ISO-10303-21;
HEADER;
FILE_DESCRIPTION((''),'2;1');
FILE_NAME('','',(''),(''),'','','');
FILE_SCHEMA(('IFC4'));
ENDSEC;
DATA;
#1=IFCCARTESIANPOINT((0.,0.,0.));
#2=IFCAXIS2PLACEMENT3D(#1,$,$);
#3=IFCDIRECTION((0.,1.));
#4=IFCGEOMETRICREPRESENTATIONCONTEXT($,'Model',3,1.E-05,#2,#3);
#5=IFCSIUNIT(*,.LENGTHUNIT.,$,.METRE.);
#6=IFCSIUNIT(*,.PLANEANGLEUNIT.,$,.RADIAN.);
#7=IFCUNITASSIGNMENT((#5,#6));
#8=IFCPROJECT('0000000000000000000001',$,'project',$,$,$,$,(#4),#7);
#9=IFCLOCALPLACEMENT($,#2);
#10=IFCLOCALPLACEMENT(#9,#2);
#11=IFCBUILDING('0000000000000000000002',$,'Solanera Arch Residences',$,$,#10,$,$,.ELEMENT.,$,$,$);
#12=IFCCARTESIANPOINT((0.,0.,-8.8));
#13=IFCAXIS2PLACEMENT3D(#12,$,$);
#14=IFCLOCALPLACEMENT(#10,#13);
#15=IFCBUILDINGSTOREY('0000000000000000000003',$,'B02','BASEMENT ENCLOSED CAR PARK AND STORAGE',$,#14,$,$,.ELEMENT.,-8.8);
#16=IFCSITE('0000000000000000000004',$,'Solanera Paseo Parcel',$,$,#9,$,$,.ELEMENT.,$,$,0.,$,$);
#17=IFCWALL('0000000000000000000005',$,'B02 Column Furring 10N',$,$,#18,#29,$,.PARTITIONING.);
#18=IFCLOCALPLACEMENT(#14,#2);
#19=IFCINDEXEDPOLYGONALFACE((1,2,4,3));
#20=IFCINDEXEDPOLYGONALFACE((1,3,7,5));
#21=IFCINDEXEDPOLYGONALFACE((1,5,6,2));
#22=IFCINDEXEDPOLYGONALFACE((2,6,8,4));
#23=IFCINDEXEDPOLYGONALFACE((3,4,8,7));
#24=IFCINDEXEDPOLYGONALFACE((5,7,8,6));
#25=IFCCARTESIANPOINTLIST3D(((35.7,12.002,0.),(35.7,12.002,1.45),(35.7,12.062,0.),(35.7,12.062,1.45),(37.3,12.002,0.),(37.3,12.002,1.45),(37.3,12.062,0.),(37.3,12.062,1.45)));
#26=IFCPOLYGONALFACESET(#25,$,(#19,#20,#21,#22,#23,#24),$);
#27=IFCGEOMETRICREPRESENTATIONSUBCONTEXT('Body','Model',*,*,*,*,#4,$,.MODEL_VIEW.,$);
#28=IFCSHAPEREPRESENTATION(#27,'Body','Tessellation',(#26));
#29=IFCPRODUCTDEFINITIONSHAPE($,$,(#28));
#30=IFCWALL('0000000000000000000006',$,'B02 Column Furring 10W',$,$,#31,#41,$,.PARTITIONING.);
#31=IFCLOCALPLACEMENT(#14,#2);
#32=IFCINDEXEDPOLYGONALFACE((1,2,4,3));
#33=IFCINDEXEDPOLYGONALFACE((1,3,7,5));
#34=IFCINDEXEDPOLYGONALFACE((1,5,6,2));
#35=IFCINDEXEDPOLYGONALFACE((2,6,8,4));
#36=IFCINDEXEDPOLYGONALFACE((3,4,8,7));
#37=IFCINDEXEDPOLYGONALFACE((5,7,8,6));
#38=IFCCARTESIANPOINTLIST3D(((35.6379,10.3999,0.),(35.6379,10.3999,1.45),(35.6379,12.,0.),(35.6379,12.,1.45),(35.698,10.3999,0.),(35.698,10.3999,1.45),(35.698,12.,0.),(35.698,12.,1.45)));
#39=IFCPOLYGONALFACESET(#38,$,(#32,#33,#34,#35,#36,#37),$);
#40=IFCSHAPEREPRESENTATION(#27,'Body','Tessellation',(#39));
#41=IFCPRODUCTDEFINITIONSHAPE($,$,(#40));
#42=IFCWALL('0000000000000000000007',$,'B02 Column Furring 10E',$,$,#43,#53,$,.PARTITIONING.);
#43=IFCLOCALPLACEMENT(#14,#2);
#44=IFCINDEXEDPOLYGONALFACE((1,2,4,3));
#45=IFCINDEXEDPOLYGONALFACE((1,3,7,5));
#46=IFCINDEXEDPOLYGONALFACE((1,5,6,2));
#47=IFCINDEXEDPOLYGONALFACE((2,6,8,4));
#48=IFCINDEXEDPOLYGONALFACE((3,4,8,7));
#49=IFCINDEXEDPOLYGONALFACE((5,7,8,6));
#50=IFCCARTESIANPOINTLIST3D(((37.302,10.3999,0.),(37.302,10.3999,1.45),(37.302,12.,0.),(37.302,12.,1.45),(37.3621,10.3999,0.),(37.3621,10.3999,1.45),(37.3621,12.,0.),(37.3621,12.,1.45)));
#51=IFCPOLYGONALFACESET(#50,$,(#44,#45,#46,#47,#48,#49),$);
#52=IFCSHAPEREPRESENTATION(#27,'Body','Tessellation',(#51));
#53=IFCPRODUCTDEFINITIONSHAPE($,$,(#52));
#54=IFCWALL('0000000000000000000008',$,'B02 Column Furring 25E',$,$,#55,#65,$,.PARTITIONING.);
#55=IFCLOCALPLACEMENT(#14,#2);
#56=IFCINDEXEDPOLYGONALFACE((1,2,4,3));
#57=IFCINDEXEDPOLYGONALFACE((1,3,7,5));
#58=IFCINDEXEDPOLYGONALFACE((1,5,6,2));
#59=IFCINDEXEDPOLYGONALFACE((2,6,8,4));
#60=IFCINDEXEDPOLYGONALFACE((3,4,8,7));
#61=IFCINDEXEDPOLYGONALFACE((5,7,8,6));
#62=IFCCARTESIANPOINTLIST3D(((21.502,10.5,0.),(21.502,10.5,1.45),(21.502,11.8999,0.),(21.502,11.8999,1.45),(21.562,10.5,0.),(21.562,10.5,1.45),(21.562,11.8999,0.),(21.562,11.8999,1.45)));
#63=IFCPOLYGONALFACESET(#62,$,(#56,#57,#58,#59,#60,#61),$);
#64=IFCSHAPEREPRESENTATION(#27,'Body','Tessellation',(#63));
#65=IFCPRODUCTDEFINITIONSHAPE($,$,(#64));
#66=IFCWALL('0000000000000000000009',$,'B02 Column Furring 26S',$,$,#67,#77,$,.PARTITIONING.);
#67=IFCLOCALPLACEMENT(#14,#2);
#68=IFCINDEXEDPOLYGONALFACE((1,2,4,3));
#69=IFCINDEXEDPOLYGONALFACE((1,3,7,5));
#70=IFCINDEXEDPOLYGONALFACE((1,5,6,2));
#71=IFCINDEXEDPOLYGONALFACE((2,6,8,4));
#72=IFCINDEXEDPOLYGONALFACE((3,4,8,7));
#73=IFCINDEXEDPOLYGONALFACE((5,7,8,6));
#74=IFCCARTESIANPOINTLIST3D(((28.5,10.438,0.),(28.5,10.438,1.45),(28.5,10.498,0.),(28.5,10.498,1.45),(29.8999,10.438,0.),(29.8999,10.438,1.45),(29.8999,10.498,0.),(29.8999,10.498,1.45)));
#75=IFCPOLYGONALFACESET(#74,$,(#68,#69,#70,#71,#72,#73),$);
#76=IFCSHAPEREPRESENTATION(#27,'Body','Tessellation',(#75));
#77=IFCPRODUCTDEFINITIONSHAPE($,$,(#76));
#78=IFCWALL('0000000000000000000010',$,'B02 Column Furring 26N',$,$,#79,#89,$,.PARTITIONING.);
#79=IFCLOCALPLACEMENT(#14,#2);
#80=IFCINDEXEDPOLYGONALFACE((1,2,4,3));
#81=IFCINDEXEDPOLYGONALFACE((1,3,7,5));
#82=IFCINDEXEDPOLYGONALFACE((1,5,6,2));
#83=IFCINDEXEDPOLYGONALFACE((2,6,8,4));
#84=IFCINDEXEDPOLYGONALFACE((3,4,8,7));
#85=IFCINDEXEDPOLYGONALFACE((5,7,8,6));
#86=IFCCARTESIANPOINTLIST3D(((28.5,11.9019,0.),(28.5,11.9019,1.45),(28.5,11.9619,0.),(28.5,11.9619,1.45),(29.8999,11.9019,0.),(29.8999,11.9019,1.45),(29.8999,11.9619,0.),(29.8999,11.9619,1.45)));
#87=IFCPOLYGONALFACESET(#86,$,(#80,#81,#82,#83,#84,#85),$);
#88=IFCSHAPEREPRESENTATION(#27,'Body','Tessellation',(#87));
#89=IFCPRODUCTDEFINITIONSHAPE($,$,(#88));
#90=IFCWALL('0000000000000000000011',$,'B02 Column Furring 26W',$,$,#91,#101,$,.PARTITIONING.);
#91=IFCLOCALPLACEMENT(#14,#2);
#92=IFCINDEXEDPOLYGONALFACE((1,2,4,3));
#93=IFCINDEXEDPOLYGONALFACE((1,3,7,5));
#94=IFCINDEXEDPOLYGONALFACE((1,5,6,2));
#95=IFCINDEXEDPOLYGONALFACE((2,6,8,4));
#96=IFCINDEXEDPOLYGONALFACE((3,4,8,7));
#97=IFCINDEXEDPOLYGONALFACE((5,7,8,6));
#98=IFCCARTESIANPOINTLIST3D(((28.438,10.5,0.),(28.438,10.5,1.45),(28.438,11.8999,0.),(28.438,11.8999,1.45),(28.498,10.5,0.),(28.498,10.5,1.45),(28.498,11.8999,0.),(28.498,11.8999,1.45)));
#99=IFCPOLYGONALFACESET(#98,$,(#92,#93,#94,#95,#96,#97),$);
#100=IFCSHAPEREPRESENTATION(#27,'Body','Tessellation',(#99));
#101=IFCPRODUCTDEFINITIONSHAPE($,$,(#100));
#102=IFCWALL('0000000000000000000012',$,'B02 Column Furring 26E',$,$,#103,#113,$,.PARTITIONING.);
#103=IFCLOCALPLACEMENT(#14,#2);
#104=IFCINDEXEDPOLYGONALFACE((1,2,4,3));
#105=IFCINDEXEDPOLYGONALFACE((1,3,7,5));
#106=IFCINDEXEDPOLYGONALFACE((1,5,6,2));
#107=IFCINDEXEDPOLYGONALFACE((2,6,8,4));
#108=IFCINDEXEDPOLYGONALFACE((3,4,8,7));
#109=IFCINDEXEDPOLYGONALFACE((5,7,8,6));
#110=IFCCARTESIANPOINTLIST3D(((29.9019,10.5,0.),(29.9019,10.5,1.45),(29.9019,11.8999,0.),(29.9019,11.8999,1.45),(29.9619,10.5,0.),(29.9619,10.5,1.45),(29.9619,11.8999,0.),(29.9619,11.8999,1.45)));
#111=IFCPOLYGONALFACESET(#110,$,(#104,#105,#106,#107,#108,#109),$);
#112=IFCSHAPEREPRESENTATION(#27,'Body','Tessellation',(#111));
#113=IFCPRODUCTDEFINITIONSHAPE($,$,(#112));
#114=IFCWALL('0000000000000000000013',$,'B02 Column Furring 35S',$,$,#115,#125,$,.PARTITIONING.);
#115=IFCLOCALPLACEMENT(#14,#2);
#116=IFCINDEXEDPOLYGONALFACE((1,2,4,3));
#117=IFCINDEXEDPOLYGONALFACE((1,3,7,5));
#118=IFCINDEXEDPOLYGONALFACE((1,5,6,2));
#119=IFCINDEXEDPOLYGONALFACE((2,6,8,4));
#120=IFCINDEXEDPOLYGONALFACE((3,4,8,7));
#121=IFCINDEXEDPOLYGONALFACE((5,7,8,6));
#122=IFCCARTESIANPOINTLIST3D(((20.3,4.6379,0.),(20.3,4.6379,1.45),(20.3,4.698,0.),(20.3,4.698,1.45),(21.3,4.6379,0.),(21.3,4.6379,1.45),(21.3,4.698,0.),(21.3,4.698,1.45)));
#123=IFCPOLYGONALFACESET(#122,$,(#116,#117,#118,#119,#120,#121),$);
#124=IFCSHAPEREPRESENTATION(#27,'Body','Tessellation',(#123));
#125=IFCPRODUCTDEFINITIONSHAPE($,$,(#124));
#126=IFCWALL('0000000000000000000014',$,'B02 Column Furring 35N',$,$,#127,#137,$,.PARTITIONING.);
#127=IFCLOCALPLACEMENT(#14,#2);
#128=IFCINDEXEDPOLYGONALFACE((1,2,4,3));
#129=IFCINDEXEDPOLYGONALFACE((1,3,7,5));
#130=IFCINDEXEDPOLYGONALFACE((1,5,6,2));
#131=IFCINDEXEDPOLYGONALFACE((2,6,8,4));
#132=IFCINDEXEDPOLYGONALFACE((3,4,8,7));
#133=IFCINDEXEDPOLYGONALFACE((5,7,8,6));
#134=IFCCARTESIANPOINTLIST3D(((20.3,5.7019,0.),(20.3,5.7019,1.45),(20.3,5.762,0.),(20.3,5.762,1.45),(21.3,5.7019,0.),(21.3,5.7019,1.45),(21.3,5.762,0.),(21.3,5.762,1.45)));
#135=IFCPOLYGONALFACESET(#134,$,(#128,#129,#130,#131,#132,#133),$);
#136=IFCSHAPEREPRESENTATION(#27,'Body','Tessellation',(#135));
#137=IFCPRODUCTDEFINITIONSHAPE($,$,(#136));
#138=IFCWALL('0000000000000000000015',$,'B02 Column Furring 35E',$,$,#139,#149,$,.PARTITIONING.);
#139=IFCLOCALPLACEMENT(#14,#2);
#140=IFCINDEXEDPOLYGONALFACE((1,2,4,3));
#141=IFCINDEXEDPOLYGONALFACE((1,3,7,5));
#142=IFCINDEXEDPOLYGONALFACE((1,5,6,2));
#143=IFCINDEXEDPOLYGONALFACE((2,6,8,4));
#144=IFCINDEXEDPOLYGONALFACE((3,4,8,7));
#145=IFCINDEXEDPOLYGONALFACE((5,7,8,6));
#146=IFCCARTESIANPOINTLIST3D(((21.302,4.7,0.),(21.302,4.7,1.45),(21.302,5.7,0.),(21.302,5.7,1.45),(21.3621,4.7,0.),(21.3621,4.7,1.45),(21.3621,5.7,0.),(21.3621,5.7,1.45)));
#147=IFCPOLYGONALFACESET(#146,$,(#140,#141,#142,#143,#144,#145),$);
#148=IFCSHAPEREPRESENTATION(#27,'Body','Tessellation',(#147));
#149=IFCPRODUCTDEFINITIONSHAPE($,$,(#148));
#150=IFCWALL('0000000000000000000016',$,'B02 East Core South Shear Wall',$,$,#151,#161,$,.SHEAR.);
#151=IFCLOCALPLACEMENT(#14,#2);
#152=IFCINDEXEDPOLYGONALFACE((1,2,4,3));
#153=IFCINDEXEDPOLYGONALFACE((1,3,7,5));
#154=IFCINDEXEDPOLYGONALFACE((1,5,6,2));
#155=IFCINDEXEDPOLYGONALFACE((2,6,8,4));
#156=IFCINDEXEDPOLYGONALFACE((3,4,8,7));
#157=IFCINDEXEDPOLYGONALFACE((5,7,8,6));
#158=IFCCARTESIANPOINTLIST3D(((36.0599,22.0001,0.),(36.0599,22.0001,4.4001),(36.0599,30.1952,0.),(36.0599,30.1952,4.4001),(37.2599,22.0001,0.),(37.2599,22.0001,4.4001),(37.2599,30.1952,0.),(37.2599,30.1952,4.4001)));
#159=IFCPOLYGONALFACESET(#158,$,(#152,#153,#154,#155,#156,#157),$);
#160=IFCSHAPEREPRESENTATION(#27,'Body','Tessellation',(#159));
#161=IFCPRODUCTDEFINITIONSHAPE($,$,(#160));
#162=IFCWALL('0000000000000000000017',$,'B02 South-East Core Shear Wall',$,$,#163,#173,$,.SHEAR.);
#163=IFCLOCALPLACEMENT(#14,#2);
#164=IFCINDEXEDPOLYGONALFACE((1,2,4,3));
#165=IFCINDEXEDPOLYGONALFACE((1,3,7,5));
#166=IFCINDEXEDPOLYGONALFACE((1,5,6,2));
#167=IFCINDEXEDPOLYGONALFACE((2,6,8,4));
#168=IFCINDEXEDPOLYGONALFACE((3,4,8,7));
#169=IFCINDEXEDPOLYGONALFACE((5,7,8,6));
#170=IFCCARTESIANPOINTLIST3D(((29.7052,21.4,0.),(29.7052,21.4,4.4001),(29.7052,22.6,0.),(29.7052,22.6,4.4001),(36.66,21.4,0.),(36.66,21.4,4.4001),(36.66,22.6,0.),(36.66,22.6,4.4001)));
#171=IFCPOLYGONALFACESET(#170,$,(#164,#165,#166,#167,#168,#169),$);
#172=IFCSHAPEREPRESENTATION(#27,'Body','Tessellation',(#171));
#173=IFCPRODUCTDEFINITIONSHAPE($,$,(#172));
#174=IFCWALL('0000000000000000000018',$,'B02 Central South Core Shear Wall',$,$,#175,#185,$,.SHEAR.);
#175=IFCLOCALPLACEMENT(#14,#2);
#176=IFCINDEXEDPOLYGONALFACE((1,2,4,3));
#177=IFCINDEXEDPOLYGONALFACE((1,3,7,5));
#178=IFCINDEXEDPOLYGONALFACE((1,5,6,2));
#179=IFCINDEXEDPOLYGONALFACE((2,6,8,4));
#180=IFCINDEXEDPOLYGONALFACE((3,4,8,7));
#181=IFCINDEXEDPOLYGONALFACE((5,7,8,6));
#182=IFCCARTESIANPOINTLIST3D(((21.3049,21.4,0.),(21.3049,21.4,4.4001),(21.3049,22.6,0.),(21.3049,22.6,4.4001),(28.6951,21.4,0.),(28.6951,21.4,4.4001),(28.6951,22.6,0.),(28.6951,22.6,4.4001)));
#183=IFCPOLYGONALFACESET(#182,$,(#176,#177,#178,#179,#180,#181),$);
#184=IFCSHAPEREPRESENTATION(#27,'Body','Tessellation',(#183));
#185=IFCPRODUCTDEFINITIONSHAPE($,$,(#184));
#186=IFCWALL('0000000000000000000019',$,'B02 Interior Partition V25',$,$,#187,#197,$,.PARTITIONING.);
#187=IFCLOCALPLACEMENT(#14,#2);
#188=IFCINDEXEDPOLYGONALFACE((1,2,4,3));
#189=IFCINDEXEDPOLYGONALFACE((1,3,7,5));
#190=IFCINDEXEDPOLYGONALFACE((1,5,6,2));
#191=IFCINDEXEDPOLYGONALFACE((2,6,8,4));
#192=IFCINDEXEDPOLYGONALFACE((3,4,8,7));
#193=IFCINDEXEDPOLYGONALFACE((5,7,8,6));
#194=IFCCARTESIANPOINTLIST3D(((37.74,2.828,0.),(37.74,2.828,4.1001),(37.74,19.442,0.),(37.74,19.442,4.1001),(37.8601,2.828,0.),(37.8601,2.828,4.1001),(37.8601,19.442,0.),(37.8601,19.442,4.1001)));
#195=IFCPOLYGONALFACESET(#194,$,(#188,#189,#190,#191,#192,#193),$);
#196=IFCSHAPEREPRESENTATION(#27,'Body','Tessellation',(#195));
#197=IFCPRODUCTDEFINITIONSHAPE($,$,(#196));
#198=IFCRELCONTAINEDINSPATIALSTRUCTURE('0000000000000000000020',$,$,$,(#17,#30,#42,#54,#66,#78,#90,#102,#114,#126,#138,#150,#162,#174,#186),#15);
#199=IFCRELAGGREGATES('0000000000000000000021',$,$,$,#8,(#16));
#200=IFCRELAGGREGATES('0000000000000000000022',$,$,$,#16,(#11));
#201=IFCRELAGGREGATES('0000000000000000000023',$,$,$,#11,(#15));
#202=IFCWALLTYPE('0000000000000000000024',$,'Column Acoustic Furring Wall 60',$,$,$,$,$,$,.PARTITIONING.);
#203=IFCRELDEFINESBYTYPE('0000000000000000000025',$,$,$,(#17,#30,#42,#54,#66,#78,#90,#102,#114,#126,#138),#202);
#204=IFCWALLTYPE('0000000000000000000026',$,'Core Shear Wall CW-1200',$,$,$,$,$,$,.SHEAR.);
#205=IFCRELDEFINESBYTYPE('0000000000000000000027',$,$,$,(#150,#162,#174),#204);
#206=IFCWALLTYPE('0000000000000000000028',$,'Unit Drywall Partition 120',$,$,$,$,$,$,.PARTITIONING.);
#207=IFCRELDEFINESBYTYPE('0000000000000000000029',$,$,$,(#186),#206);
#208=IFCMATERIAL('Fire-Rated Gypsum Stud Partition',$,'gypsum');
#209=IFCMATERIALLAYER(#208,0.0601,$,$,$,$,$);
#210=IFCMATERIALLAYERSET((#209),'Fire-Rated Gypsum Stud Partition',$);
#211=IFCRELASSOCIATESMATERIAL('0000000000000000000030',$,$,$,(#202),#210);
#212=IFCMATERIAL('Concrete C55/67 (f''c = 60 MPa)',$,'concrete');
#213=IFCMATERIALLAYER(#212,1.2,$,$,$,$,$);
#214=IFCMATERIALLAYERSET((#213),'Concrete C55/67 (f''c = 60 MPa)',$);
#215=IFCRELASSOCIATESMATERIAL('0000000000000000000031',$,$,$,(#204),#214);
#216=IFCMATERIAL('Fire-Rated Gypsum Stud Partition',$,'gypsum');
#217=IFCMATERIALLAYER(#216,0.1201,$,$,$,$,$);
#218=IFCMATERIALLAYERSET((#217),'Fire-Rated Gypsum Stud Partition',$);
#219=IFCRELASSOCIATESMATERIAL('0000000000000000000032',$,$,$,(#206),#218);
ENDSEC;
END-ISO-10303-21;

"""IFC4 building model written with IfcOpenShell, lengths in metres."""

from ifc_helpers import new_model, si_unit, direction, frame, frame_2d, origin, place, context, subcontext, project, spatial, rectangle, extrude, material, layer, layer_set, type_object, element, save


model = new_model("IFC4")

# Units and contexts
model_context = context("Model", 3, precision=1e-05, world=origin(), true_north=direction((0.0, 1.0)))
body_context = subcontext(model_context, "Body", "Model", "MODEL_VIEW")
ifc_project = project(units=[si_unit("LENGTHUNIT", "METRE"), si_unit("PLANEANGLEUNIT", "RADIAN")], contexts=[model_context])

# Site, building, storey
site_placement = place(None, origin())
site = spatial("IfcSite", under=ifc_project, at=site_placement, Name="Solanera Paseo Parcel", CompositionType="ELEMENT", RefElevation=0.0)
building_placement = place(site_placement, origin())
building = spatial("IfcBuilding", under=site, at=building_placement, Name="Solanera Arch Residences", CompositionType="ELEMENT")
storey_placement = place(building_placement, frame((0.0, 0.0, -8.8)))
storey = spatial("IfcBuildingStorey", under=building, at=storey_placement, Name="B02", Description="BASEMENT ENCLOSED CAR PARK AND STORAGE", CompositionType="ELEMENT", Elevation=-8.8)

# Walls
ifc_material_1 = material(Name="Fire-Rated Gypsum Stud Partition", Category="gypsum")
ifc_layer_1 = layer(ifc_material_1, 0.0601)
ifc_layer_set_1 = layer_set([ifc_layer_1], Name="Fire-Rated Gypsum Stud Partition")
wall_type_1 = type_object("IfcWallType", Name="Column Acoustic Furring Wall 60", PredefinedType="PARTITIONING", material=ifc_layer_set_1)
for number, where, z_axis, x_axis, name in (
    (1, (35.7, 12.032, 0.0), (0.0, 0.0, 1.0), (1.0, 0.0, 0.0), "B02 Column Furring 10N"),
    (2, (35.668, 10.3999, 0.0), (0.0, 0.0, 1.0), (0.0, 1.0, 0.0), "B02 Column Furring 10W"),
    (3, (37.332, 10.3999, 0.0), (0.0, 0.0, 1.0), (0.0, 1.0, 0.0), "B02 Column Furring 10E"),
):
    element("IfcWall", number, at=place(storey_placement, frame(where, z_axis=z_axis, x_axis=x_axis)), inside=storey, type_object=wall_type_1, Name=name, PredefinedType="PARTITIONING", context=body_context, shape_type="SweptSolid", body=[
        extrude(rectangle(XDim=1.6001, YDim=0.0601, at=frame_2d((0.8, 0.0))), origin(), (0.0, 0.0, 1.0), 1.45),
    ])
for number, where, z_axis, x_axis, name in (
    (4, (21.532, 10.5, 0.0), (0.0, 0.0, 1.0), (0.0, 1.0, 0.0), "B02 Column Furring 25E"),
    (5, (28.5, 10.468, 0.0), (0.0, 0.0, 1.0), (1.0, 0.0, 0.0), "B02 Column Furring 26S"),
    (6, (28.5, 11.9319, 0.0), (0.0, 0.0, 1.0), (1.0, 0.0, 0.0), "B02 Column Furring 26N"),
    (7, (28.468, 10.5, 0.0), (0.0, 0.0, 1.0), (0.0, 1.0, 0.0), "B02 Column Furring 26W"),
    (8, (29.9319, 10.5, 0.0), (0.0, 0.0, 1.0), (0.0, 1.0, 0.0), "B02 Column Furring 26E"),
):
    element("IfcWall", number, at=place(storey_placement, frame(where, z_axis=z_axis, x_axis=x_axis)), inside=storey, type_object=wall_type_1, Name=name, PredefinedType="PARTITIONING", context=body_context, shape_type="SweptSolid", body=[
        extrude(rectangle(XDim=1.3999, YDim=0.0601, at=frame_2d((0.7, 0.0))), origin(), (0.0, 0.0, 1.0), 1.45),
    ])
for number, where, z_axis, x_axis, name in (
    (9, (20.3, 4.668, 0.0), (0.0, 0.0, 1.0), (1.0, 0.0, 0.0), "B02 Column Furring 35S"),
    (10, (20.3, 5.7319, 0.0), (0.0, 0.0, 1.0), (1.0, 0.0, 0.0), "B02 Column Furring 35N"),
    (11, (21.332, 4.7, 0.0), (0.0, 0.0, 1.0), (0.0, 1.0, 0.0), "B02 Column Furring 35E"),
):
    element("IfcWall", number, at=place(storey_placement, frame(where, z_axis=z_axis, x_axis=x_axis)), inside=storey, type_object=wall_type_1, Name=name, PredefinedType="PARTITIONING", context=body_context, shape_type="SweptSolid", body=[
        extrude(rectangle(XDim=1.0, YDim=0.0601, at=frame_2d((0.5, 0.0))), origin(), (0.0, 0.0, 1.0), 1.45),
    ])
ifc_material_2 = material(Name="Concrete C55/67 (f'c = 60 MPa)", Category="concrete")
ifc_layer_2 = layer(ifc_material_2, 1.2)
ifc_layer_set_2 = layer_set([ifc_layer_2], Name="Concrete C55/67 (f'c = 60 MPa)")
wall_type_2 = type_object("IfcWallType", Name="Core Shear Wall CW-1200", PredefinedType="SHEAR", material=ifc_layer_set_2)
wall_1_placement = place(storey_placement, frame((36.6599, 22.0, 0.0), z_axis=(0.0, 0.0, 1.0), x_axis=(0.0, 1.0, 0.0)))
element("IfcWall", 12, at=wall_1_placement, inside=storey, type_object=wall_type_2, Name="B02 East Core South Shear Wall", PredefinedType="SHEAR", context=body_context, shape_type="SweptSolid", body=[
    extrude(rectangle(XDim=8.1951, YDim=1.2, at=frame_2d((4.0977, 0.0))), origin(), (0.0, 0.0, 1.0), 4.4001),
])
wall_2_placement = place(storey_placement, frame((29.7051, 22.0, 0.0), z_axis=(0.0, 0.0, 1.0), x_axis=(1.0, 0.0, 0.0)))
element("IfcWall", 13, at=wall_2_placement, inside=storey, type_object=wall_type_2, Name="B02 South-East Core Shear Wall", PredefinedType="SHEAR", context=body_context, shape_type="SweptSolid", body=[
    extrude(rectangle(XDim=6.9548, YDim=1.2, at=frame_2d((3.4775, 0.0))), origin(), (0.0, 0.0, 1.0), 4.4001),
])
wall_3_placement = place(storey_placement, frame((21.3049, 22.0, 0.0), z_axis=(0.0, 0.0, 1.0), x_axis=(1.0, 0.0, 0.0)))
element("IfcWall", 14, at=wall_3_placement, inside=storey, type_object=wall_type_2, Name="B02 Central South Core Shear Wall", PredefinedType="SHEAR", context=body_context, shape_type="SweptSolid", body=[
    extrude(rectangle(XDim=7.3901, YDim=1.2, at=frame_2d((3.6951, 0.0))), origin(), (0.0, 0.0, 1.0), 4.4001),
])

# Wall
ifc_material_3 = material(Name="Fire-Rated Gypsum Stud Partition", Category="gypsum")
ifc_layer_3 = layer(ifc_material_3, 0.1201)
ifc_layer_set_3 = layer_set([ifc_layer_3], Name="Fire-Rated Gypsum Stud Partition")
wall_type_3 = type_object("IfcWallType", Name="Unit Drywall Partition 120", PredefinedType="PARTITIONING", material=ifc_layer_set_3)
wall_4_placement = place(storey_placement, frame((37.8, 2.8279, 0.0), z_axis=(0.0, 0.0, 1.0), x_axis=(0.0, 1.0, 0.0)))
element("IfcWall", 15, at=wall_4_placement, inside=storey, type_object=wall_type_3, Name="B02 Interior Partition V25", PredefinedType="PARTITIONING", context=body_context, shape_type="SweptSolid", body=[
    extrude(rectangle(XDim=16.614, YDim=0.1201, at=frame_2d((8.3071, 0.0))), origin(), (0.0, 0.0, 1.0), 4.1001),
])

save(model, "model.ifc")
